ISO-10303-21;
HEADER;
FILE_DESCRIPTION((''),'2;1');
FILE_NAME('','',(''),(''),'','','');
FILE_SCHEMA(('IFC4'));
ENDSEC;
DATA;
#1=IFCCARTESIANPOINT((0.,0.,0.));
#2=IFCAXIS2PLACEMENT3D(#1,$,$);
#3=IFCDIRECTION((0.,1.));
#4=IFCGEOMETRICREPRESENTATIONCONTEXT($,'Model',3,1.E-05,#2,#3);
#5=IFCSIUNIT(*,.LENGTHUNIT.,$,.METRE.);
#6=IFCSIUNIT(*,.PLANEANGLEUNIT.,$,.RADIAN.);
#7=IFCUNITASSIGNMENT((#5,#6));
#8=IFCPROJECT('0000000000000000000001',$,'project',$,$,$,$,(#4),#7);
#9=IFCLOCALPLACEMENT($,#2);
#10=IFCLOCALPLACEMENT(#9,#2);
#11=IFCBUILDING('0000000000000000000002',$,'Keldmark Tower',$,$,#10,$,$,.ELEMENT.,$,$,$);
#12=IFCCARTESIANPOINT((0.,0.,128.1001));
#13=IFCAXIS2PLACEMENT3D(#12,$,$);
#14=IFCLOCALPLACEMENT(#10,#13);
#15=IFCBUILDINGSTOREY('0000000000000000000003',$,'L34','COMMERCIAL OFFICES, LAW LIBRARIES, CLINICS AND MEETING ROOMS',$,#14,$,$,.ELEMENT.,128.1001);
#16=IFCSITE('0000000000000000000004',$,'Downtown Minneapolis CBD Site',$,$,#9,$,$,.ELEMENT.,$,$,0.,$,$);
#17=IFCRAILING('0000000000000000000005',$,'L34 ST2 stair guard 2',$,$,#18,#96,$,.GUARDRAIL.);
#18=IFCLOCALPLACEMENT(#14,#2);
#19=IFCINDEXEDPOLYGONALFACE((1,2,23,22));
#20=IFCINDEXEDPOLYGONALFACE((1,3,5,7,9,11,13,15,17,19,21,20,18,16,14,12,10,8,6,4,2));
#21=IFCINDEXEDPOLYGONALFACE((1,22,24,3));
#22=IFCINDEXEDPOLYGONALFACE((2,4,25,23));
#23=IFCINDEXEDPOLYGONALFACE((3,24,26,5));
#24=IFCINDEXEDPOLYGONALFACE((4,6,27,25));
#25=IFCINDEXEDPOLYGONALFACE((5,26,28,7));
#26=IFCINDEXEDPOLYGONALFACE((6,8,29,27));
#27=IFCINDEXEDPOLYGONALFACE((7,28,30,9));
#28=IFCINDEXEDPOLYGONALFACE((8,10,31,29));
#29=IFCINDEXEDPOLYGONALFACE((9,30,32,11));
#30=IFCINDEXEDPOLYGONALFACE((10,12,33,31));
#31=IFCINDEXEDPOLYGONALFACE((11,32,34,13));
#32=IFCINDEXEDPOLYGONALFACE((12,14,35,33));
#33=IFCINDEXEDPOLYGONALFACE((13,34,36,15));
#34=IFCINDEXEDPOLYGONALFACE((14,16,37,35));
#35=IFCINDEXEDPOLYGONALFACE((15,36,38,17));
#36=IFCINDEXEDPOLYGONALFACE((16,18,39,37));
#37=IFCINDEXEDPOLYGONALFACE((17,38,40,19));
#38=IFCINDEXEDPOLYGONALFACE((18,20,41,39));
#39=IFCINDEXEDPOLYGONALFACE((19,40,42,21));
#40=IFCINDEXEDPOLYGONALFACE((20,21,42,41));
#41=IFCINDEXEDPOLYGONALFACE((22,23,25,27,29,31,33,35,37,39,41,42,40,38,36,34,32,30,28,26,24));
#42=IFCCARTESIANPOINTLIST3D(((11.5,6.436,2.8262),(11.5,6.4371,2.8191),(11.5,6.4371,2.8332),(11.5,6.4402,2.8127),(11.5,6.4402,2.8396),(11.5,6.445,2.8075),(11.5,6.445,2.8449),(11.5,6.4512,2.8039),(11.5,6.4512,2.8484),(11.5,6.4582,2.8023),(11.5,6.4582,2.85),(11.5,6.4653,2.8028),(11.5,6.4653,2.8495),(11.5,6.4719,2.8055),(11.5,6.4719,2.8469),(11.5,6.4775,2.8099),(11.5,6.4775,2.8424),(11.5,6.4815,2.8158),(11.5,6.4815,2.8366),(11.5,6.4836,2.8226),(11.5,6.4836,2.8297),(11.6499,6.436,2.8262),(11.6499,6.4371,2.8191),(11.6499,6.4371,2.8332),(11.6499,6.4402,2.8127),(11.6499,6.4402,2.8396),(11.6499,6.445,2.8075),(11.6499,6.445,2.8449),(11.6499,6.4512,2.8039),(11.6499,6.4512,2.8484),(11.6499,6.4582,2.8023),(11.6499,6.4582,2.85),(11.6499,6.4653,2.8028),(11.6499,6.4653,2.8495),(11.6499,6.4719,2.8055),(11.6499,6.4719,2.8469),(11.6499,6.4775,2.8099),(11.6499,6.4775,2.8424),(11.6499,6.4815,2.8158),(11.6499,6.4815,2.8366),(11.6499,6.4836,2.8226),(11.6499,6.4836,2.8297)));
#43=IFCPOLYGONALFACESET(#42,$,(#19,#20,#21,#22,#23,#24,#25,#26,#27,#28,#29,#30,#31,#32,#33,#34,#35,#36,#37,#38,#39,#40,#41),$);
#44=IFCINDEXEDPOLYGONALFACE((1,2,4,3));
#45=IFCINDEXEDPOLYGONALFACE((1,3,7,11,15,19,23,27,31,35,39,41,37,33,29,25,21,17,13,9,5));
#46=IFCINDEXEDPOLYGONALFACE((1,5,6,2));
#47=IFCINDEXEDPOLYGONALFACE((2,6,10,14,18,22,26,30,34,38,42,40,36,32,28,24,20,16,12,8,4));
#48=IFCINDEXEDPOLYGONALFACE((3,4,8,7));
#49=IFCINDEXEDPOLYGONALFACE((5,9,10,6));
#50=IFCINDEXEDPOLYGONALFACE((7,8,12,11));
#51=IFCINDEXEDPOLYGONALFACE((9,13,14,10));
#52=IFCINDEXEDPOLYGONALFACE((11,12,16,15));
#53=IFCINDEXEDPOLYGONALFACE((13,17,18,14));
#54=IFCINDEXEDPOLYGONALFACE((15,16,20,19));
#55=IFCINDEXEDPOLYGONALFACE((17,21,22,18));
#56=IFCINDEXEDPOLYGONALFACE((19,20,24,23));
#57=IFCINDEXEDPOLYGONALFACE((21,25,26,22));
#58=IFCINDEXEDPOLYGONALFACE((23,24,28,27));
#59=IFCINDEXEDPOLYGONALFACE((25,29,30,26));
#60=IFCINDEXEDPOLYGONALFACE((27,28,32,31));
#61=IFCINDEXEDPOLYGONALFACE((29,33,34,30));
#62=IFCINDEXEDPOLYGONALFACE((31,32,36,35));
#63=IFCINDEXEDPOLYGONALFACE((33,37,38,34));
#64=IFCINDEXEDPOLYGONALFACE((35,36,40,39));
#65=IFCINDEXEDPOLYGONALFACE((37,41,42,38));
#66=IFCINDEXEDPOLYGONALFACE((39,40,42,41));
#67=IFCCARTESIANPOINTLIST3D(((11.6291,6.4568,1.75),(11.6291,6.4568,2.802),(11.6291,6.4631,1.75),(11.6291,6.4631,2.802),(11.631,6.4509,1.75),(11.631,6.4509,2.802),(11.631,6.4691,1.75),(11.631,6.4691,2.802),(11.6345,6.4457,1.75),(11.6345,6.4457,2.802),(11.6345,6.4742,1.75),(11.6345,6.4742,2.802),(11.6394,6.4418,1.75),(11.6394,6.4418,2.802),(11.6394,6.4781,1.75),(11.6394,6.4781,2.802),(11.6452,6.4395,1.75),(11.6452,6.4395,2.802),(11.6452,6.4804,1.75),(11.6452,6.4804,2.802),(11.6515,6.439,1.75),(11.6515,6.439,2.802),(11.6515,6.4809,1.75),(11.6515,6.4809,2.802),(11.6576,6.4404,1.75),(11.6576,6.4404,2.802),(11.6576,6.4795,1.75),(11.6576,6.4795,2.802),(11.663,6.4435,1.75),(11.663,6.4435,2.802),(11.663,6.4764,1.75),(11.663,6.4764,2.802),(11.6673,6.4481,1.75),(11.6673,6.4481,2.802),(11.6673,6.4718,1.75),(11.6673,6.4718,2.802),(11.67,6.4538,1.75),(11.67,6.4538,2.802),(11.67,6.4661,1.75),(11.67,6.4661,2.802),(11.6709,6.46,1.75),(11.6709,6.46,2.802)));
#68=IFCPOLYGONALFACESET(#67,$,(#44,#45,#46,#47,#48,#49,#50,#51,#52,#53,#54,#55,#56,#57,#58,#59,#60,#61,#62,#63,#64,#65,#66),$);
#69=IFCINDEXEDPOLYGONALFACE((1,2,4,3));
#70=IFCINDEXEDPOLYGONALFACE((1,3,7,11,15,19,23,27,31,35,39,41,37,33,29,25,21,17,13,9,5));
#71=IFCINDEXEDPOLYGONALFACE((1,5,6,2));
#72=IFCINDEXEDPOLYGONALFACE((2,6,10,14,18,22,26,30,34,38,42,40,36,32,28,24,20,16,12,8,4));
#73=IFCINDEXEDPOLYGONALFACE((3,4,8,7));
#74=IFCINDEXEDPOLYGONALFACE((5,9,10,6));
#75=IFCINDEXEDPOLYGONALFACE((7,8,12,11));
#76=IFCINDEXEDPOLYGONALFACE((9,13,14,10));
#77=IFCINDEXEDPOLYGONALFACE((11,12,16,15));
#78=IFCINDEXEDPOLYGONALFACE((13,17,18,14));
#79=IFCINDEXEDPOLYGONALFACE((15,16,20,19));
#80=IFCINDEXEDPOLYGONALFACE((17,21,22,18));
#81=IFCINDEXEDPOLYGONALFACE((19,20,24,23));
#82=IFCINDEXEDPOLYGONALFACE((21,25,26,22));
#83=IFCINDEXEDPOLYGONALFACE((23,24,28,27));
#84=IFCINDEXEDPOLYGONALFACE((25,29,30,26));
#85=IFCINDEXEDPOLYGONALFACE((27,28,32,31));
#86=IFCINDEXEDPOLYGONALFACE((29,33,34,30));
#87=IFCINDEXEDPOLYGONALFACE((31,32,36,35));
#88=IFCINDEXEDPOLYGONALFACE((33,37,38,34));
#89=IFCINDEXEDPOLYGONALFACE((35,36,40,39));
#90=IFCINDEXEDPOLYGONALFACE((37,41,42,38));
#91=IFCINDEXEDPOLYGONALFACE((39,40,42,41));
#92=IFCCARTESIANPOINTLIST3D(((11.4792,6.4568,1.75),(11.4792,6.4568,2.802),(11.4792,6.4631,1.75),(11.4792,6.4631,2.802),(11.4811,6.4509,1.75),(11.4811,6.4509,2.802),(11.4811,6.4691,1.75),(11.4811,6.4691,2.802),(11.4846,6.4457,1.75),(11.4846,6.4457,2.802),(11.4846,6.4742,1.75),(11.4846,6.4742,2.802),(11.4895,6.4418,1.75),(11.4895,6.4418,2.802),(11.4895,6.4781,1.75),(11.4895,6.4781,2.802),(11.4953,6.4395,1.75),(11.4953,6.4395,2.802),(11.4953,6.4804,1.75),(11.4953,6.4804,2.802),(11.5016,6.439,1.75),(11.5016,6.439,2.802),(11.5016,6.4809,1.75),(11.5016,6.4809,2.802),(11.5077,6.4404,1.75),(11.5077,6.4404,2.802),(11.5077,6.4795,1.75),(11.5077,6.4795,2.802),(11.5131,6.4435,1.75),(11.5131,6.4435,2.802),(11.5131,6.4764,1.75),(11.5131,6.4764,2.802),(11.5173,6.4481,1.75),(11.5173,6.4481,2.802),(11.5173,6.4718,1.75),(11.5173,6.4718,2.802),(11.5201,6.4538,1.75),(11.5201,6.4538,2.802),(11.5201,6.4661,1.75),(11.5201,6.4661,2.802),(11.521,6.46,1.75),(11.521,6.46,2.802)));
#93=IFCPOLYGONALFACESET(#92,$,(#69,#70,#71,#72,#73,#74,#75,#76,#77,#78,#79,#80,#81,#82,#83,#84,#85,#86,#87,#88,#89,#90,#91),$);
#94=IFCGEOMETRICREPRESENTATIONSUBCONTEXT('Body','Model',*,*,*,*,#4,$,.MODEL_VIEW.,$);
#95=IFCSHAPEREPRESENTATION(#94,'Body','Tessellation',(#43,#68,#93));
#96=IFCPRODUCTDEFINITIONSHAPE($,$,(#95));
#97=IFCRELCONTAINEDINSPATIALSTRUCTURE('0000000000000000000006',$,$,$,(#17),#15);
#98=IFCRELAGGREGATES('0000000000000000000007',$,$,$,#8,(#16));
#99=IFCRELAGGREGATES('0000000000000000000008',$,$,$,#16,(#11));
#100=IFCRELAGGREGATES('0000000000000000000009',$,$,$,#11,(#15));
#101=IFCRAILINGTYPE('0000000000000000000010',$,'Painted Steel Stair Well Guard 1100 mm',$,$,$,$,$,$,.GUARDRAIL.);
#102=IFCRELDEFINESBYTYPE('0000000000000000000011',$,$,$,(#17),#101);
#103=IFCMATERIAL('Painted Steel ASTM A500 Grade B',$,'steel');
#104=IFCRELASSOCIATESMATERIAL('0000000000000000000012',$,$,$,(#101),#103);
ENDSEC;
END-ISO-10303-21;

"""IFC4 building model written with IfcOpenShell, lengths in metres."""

from ifc_helpers import new_model, si_unit, direction, frame, origin, origin_2d, place, context, subcontext, project, spatial, circle, extrude, material, type_object, element, save


model = new_model("IFC4")

# Units and contexts
model_context = context("Model", 3, precision=1e-05, world=origin(), true_north=direction((0.0, 1.0)))
body_context = subcontext(model_context, "Body", "Model", "MODEL_VIEW")
ifc_project = project(units=[si_unit("LENGTHUNIT", "METRE"), si_unit("PLANEANGLEUNIT", "RADIAN")], contexts=[model_context])

# Site, building, storey
site_placement = place(None, origin())
site = spatial("IfcSite", under=ifc_project, at=site_placement, Name="Downtown Minneapolis CBD Site", CompositionType="ELEMENT", RefElevation=0.0)
building_placement = place(site_placement, origin())
building = spatial("IfcBuilding", under=site, at=building_placement, Name="Keldmark Tower", CompositionType="ELEMENT")
storey_placement = place(building_placement, frame((0.0, 0.0, 128.1001)))
storey = spatial("IfcBuildingStorey", under=building, at=storey_placement, Name="L34", Description="COMMERCIAL OFFICES, LAW LIBRARIES, CLINICS AND MEETING ROOMS", CompositionType="ELEMENT", Elevation=128.1001)

# Railing
ifc_material_1 = material(Name="Painted Steel ASTM A500 Grade B", Category="steel")
railing_type_1 = type_object("IfcRailingType", Name="Painted Steel Stair Well Guard 1100 mm", PredefinedType="GUARDRAIL", material=ifc_material_1)
railing_1_placement = place(storey_placement, frame((11.6499, 6.46, 1.75)))
element("IfcRailing", 1, at=railing_1_placement, inside=storey, type_object=railing_type_1, Name="L34 ST2 stair guard 2", PredefinedType="GUARDRAIL", context=body_context, shape_type="SweptSolid", body=[
    extrude(circle(Radius=0.0239, at=origin_2d()), frame((0.0, 0.0, 1.0762), z_axis=(-1.0, 0.0, 0.0), x_axis=(0.0, -1.0, 0.0)), (0.0, 0.0, 1.0), 0.1499),
    extrude(circle(Radius=0.021, at=origin_2d()), origin(), (0.0, 0.0, 1.0), 1.052),
    extrude(circle(Radius=0.021, at=origin_2d()), frame((-0.1499, 0.0, 0.0)), (0.0, 0.0, 1.0), 1.052),
])

save(model, "model.ifc")
